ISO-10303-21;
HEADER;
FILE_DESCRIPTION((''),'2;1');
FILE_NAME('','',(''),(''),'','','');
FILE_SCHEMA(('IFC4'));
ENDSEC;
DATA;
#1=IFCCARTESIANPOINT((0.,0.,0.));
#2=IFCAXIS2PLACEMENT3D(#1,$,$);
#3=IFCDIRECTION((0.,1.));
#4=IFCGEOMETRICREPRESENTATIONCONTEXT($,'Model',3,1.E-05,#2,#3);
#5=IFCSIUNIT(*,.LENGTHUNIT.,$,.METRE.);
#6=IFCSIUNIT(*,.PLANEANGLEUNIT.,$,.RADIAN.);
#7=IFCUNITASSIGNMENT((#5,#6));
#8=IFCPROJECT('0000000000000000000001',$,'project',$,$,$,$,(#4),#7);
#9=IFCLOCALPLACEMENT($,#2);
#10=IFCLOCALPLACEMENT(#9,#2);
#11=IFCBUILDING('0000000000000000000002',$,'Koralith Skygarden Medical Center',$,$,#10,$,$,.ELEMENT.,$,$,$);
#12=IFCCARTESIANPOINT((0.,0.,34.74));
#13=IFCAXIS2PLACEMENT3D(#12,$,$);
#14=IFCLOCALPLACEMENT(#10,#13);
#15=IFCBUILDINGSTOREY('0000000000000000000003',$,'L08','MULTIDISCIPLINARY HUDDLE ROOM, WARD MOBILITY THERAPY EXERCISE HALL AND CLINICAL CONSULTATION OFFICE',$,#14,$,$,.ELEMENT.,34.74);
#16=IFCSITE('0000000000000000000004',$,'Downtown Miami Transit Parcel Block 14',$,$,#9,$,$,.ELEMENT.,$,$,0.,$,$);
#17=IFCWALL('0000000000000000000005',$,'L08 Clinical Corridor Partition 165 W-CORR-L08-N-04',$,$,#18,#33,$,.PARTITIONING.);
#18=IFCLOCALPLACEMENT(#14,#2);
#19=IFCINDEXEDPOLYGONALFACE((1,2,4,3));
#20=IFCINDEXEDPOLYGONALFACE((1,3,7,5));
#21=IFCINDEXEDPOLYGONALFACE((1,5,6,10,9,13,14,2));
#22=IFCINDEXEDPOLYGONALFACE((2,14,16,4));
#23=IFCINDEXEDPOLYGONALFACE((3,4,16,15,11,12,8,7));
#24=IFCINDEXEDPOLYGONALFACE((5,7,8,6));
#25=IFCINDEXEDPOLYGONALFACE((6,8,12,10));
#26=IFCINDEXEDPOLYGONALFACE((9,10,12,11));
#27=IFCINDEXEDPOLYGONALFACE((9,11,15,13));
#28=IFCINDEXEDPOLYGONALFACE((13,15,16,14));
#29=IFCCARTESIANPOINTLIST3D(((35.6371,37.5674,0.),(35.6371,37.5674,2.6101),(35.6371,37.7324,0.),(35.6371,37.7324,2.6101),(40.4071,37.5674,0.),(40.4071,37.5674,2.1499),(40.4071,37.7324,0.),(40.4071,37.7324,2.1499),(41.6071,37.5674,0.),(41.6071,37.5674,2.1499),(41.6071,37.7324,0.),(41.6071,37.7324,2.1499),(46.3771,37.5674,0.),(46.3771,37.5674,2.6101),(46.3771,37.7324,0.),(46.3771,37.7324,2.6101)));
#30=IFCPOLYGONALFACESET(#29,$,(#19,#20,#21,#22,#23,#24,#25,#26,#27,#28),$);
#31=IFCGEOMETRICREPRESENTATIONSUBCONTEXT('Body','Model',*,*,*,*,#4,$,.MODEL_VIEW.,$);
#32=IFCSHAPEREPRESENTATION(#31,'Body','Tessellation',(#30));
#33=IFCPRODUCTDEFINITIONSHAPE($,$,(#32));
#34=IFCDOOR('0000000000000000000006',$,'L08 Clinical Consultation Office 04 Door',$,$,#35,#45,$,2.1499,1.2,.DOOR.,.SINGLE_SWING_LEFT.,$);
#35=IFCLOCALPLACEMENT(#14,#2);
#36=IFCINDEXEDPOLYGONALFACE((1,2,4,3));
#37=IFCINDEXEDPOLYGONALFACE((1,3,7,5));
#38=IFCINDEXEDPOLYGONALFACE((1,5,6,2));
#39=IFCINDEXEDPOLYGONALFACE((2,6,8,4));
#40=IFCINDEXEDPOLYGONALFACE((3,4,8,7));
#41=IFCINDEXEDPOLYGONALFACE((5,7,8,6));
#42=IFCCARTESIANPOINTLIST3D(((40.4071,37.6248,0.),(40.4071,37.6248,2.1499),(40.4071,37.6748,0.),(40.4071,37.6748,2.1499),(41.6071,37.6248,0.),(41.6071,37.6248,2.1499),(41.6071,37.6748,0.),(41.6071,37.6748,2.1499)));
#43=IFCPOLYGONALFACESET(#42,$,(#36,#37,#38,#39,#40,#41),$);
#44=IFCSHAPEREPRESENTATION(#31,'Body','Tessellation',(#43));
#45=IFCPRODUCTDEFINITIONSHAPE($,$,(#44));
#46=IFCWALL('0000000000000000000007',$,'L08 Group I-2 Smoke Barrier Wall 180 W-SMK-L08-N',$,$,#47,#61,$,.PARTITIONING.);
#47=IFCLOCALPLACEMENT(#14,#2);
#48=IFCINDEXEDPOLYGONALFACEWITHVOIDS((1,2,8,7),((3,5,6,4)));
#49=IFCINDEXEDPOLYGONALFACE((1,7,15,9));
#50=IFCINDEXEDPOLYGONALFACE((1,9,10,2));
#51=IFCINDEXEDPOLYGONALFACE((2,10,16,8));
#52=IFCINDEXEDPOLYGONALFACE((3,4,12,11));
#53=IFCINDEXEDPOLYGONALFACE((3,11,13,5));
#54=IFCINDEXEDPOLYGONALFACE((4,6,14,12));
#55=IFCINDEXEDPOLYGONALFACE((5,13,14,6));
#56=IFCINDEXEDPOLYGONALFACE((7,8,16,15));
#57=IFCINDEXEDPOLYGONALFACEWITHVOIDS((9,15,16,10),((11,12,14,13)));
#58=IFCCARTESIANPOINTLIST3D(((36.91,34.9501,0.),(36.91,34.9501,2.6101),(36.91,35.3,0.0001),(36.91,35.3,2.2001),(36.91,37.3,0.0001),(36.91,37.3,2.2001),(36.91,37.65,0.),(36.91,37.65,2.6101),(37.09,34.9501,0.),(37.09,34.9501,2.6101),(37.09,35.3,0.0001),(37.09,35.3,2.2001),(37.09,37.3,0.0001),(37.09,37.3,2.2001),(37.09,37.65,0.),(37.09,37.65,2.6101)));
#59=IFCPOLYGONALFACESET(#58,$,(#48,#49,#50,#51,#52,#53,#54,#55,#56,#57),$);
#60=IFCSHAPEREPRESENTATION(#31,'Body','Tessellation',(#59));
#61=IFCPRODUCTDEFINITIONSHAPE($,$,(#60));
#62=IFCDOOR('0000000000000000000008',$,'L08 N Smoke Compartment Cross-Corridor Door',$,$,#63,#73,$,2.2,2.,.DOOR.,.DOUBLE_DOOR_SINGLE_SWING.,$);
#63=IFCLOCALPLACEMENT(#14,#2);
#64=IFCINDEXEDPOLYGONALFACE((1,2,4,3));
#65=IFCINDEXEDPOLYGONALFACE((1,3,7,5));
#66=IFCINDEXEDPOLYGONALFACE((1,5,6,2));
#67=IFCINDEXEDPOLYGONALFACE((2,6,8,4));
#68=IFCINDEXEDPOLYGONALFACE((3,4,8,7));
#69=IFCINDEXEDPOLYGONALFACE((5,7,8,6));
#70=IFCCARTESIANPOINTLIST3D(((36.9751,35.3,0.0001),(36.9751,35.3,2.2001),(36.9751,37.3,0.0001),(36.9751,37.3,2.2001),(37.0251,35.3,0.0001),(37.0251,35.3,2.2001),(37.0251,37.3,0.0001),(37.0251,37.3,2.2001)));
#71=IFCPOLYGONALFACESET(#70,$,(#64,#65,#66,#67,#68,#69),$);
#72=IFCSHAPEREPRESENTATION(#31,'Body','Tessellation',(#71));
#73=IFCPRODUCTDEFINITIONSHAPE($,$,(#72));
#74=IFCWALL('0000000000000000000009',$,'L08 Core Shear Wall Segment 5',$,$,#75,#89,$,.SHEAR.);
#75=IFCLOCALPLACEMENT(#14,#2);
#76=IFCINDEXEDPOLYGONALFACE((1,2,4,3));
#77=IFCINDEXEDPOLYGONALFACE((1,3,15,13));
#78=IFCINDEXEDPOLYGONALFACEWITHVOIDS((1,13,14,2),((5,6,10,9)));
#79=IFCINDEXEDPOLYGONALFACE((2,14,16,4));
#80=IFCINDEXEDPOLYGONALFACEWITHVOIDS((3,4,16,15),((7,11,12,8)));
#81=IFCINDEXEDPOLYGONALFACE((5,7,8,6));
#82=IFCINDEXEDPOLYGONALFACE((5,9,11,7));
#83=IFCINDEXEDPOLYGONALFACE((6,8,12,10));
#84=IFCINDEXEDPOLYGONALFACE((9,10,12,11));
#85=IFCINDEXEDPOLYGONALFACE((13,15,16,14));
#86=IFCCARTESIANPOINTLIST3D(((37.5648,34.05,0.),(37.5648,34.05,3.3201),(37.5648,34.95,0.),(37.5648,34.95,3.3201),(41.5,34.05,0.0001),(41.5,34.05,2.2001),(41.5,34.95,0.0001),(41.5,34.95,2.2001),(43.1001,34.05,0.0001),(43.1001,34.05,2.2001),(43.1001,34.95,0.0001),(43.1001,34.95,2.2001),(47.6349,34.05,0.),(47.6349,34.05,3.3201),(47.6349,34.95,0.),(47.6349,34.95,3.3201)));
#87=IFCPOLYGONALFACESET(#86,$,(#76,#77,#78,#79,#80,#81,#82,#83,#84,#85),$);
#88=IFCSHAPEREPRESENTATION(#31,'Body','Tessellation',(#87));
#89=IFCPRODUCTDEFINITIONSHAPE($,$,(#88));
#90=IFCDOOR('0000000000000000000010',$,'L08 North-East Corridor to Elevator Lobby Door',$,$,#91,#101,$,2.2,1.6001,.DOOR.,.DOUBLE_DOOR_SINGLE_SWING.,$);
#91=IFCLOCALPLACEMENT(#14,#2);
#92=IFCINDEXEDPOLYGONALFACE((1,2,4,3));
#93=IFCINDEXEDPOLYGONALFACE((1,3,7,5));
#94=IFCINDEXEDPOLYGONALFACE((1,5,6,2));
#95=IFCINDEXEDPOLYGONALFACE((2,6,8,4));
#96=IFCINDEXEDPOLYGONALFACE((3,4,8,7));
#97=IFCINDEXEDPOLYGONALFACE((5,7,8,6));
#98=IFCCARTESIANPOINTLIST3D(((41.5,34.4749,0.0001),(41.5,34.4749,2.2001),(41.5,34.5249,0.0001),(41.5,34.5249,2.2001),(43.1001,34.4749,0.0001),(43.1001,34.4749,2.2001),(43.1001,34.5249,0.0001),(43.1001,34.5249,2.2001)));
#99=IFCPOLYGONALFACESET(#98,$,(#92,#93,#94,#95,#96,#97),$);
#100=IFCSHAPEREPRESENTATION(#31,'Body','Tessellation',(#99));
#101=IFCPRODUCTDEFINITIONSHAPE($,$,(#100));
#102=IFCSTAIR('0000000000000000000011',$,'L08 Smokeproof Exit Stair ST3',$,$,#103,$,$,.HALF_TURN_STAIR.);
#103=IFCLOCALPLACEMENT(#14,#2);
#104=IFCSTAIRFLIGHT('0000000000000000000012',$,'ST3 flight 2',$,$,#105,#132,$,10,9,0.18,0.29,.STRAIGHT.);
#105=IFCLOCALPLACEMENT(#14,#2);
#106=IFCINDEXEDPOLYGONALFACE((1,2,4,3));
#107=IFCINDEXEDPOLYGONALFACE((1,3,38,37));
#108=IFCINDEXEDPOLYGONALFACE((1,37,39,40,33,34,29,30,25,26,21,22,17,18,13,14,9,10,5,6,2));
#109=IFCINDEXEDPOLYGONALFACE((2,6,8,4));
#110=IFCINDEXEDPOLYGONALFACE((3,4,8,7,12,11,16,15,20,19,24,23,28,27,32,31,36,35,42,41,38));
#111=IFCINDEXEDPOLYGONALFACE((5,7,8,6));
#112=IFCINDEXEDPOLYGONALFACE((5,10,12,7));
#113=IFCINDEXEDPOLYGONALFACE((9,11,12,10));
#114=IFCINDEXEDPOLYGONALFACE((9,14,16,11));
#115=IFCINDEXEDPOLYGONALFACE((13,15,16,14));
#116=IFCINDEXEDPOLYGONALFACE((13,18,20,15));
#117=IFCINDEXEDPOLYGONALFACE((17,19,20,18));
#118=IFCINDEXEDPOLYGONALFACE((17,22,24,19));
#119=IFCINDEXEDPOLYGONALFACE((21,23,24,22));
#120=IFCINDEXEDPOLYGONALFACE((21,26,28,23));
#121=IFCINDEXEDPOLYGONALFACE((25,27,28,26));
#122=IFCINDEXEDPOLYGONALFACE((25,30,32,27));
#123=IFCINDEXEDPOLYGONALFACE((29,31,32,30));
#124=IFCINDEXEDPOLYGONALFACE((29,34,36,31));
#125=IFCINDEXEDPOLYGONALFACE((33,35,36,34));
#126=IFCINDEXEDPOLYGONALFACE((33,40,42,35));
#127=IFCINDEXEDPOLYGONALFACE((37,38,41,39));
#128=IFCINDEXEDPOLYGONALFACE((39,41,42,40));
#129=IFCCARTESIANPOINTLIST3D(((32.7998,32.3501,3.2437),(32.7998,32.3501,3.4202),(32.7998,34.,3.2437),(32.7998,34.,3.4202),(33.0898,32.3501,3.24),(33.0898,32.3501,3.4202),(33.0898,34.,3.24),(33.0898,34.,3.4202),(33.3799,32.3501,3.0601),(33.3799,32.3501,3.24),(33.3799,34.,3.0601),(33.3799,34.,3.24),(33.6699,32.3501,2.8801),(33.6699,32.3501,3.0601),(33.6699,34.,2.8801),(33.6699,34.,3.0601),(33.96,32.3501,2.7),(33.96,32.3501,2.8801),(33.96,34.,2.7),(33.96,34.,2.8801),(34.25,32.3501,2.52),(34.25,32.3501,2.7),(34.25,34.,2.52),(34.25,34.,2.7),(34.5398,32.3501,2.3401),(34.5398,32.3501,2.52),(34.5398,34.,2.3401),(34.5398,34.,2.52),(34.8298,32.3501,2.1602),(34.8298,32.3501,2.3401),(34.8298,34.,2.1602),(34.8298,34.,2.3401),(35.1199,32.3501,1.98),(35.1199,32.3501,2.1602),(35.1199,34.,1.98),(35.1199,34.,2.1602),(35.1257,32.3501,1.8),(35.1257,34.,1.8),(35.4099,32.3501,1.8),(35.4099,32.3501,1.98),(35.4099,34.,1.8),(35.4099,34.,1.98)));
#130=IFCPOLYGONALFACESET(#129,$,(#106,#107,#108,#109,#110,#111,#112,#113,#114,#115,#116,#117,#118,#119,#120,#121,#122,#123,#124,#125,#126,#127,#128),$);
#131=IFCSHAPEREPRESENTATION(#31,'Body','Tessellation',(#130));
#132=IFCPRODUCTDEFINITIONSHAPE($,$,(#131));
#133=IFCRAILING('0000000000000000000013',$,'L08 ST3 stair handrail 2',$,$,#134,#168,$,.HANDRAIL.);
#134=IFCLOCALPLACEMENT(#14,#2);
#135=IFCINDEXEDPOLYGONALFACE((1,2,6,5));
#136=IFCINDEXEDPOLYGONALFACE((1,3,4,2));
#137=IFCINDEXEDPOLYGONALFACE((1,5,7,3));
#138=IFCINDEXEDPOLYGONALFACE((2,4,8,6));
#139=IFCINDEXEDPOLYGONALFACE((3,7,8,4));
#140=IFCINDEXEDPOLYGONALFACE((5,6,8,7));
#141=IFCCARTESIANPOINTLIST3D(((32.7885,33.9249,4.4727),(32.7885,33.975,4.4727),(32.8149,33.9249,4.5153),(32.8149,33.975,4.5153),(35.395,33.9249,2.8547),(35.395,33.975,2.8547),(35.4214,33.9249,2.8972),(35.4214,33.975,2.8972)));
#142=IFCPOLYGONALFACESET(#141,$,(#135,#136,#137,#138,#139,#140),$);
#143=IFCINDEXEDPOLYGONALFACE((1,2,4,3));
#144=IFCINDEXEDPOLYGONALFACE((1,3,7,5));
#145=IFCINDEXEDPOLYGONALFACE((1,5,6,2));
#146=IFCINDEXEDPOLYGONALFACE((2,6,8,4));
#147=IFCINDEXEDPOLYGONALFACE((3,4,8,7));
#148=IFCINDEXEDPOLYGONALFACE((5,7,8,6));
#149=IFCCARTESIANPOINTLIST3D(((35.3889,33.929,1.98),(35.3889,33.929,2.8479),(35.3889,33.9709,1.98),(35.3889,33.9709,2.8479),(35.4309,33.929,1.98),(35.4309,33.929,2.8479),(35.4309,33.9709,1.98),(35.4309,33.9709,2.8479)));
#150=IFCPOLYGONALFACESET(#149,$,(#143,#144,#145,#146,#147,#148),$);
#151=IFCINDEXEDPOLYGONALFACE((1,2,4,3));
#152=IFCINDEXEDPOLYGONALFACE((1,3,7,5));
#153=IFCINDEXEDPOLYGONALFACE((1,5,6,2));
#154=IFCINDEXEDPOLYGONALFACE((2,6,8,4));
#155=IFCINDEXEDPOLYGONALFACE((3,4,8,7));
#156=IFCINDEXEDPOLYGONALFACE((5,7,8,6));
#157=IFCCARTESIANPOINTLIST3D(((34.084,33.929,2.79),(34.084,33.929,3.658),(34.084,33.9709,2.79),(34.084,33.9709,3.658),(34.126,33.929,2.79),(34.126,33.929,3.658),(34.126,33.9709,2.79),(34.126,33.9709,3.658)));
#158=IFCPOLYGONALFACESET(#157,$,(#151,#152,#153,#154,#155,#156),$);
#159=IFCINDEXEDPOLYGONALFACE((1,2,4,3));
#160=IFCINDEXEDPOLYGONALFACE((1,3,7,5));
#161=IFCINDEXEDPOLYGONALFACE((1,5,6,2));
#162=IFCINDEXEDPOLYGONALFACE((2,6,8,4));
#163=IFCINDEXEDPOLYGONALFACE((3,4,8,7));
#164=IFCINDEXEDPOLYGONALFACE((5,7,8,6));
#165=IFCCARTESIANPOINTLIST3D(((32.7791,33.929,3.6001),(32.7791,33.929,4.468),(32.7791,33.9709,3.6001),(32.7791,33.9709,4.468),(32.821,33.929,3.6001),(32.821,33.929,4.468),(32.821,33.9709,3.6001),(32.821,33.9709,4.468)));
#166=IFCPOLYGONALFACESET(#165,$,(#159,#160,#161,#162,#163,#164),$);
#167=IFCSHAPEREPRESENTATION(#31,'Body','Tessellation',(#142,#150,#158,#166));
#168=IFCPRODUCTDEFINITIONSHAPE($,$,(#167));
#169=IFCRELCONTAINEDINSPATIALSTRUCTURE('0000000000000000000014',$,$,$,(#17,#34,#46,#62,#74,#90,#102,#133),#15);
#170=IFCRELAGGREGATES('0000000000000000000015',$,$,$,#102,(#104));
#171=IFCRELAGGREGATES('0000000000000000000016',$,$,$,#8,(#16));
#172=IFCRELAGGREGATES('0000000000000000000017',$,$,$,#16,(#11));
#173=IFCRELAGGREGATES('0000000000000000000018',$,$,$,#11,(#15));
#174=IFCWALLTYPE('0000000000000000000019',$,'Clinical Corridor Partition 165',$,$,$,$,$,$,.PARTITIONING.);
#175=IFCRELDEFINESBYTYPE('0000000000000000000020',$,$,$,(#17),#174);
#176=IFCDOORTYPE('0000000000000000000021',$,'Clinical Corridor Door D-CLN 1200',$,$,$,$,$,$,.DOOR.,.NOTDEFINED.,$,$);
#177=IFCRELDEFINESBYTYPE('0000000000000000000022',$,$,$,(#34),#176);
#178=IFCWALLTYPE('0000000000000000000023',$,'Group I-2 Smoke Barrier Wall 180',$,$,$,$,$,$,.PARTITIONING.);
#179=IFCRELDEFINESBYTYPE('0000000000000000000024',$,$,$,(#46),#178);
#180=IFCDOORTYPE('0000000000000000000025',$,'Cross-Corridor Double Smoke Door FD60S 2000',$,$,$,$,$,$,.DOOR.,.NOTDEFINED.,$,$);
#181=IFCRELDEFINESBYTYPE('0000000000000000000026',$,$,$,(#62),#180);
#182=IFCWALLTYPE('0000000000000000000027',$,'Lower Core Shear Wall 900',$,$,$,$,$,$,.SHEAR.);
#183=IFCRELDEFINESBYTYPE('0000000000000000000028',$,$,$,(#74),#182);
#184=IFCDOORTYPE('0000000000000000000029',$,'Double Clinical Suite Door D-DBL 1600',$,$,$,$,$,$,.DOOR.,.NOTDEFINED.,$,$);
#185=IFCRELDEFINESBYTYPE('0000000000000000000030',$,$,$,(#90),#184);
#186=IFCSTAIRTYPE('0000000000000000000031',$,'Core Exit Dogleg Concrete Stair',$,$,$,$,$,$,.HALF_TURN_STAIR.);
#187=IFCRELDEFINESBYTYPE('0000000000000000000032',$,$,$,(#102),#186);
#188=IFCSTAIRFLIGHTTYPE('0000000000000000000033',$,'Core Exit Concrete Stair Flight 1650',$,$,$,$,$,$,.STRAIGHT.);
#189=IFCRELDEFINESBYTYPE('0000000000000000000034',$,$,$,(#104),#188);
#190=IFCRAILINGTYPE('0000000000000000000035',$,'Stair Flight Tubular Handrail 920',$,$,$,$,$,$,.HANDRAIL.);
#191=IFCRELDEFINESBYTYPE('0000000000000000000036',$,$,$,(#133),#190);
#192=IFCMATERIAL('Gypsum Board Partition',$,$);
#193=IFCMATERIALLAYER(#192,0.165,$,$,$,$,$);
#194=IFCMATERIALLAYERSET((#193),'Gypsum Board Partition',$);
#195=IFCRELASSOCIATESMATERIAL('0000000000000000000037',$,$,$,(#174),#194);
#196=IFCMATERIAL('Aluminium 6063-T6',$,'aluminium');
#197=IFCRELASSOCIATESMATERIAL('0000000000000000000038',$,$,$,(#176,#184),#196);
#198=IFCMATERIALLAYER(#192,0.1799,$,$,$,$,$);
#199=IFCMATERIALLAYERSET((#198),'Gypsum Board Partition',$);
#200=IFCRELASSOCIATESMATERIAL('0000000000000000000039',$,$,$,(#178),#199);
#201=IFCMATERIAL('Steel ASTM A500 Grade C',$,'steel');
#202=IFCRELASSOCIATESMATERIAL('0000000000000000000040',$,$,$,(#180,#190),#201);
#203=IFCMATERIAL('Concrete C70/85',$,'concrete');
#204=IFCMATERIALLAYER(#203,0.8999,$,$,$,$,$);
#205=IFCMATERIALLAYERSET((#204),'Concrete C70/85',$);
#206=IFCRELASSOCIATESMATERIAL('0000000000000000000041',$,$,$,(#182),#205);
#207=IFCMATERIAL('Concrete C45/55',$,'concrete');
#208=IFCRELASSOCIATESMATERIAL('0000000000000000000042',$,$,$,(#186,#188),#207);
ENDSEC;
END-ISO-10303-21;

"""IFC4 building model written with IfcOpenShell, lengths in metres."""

from ifc_helpers import new_model, si_unit, direction, frame, frame_2d, origin, origin_2d, place, context, subcontext, project, spatial, polyline, rectangle, outline, extrude, material, layer, layer_set, type_object, element, fill, aggregate, save


model = new_model("IFC4")

# Units and contexts
model_context = context("Model", 3, precision=1e-05, world=origin(), true_north=direction((0.0, 1.0)))
body_context = subcontext(model_context, "Body", "Model", "MODEL_VIEW")
ifc_project = project(units=[si_unit("LENGTHUNIT", "METRE"), si_unit("PLANEANGLEUNIT", "RADIAN")], contexts=[model_context])

# Site, building, storey
site_placement = place(None, origin())
site = spatial("IfcSite", under=ifc_project, at=site_placement, Name="Downtown Miami Transit Parcel Block 14", CompositionType="ELEMENT", RefElevation=0.0)
building_placement = place(site_placement, origin())
building = spatial("IfcBuilding", under=site, at=building_placement, Name="Koralith Skygarden Medical Center", CompositionType="ELEMENT")
storey_placement = place(building_placement, frame((0.0, 0.0, 34.74)))
storey = spatial("IfcBuildingStorey", under=building, at=storey_placement, Name="L08", Description="MULTIDISCIPLINARY HUDDLE ROOM, WARD MOBILITY THERAPY EXERCISE HALL AND CLINICAL CONSULTATION OFFICE", CompositionType="ELEMENT", Elevation=34.74)

# Shared definitions
ifc_material_1 = material(Name="Concrete C70/85", Category="concrete")

# Shared definitions
ifc_material_2 = material(Name="Aluminium 6063-T6", Category="aluminium")

# Shared definitions
ifc_material_3 = material(Name="Concrete C45/55", Category="concrete")

# Shared definitions
ifc_material_4 = material(Name="Gypsum Board Partition")

# Walls, openings, doors
ifc_layer_1 = layer(ifc_material_4, 0.165)
ifc_layer_set_1 = layer_set([ifc_layer_1], Name="Gypsum Board Partition")
wall_type_1 = type_object("IfcWallType", Name="Clinical Corridor Partition 165", PredefinedType="PARTITIONING", material=ifc_layer_set_1)
wall_1_placement = place(storey_placement, frame((35.637, 37.6499, 0.0), z_axis=(0.0, 0.0, 1.0), x_axis=(1.0, 0.0, 0.0)))
wall_1 = element("IfcWall", 1, at=wall_1_placement, inside=storey, type_object=wall_type_1, Name="L08 Clinical Corridor Partition 165 W-CORR-L08-N-04", PredefinedType="PARTITIONING", context=body_context, shape_type="SweptSolid", body=[
    extrude(rectangle(XDim=10.74, YDim=0.165, at=frame_2d((5.3701, 0.0))), origin(), (0.0, 0.0, 1.0), 2.6101),
])
opening_1_placement = place(wall_1_placement, frame((4.77, 0.0, 0.0)))
opening_1 = element("IfcOpeningElement", 2, at=opening_1_placement, cuts=wall_1, PredefinedType="OPENING", context=body_context, shape_type="SweptSolid", body=[
    extrude(rectangle(XDim=1.2, YDim=2.1499, at=frame_2d((0.6001, 1.075))), frame((0.0, 0.0925, 0.0), z_axis=(0.0, -1.0, 0.0), x_axis=(1.0, 0.0, 0.0)), (0.0, 0.0, 1.0), 0.1851),
])
door_type_1 = type_object("IfcDoorType", Name="Clinical Corridor Door D-CLN 1200", OperationType="NOTDEFINED", PredefinedType="DOOR", material=ifc_material_2)
door_1_placement = place(opening_1_placement, origin())
door_1 = element("IfcDoor", 3, at=door_1_placement, inside=storey, type_object=door_type_1, Name="L08 Clinical Consultation Office 04 Door", OperationType="SINGLE_SWING_LEFT", OverallHeight=2.1499, OverallWidth=1.2, PredefinedType="DOOR", context=body_context, shape_type="SweptSolid", body=[
    extrude(rectangle(XDim=1.2, YDim=2.1499, at=frame_2d((0.6001, 1.075))), frame((0.0, 0.0249, 0.0), z_axis=(0.0, -1.0, 0.0), x_axis=(1.0, 0.0, 0.0)), (0.0, 0.0, 1.0), 0.05),
])
fill(opening_1, door_1)
ifc_layer_2 = layer(ifc_material_4, 0.1799)
ifc_layer_set_2 = layer_set([ifc_layer_2], Name="Gypsum Board Partition")
wall_type_2 = type_object("IfcWallType", Name="Group I-2 Smoke Barrier Wall 180", PredefinedType="PARTITIONING", material=ifc_layer_set_2)
wall_2_placement = place(storey_placement, frame((37.0, 34.95, 0.0), z_axis=(0.0, 0.0, 1.0), x_axis=(0.0, 1.0, 0.0)))
wall_2 = element("IfcWall", 4, at=wall_2_placement, inside=storey, type_object=wall_type_2, Name="L08 Group I-2 Smoke Barrier Wall 180 W-SMK-L08-N", PredefinedType="PARTITIONING", context=body_context, shape_type="SweptSolid", body=[
    extrude(rectangle(XDim=2.7, YDim=0.1799, at=frame_2d((1.3501, 0.0))), origin(), (0.0, 0.0, 1.0), 2.6101),
])
opening_2_placement = place(wall_2_placement, frame((0.3501, 0.0, 0.0)))
opening_2 = element("IfcOpeningElement", 5, at=opening_2_placement, cuts=wall_2, PredefinedType="OPENING", context=body_context, shape_type="SweptSolid", body=[
    extrude(rectangle(XDim=2.0, YDim=2.2, at=frame_2d((1.0, 1.1001))), frame((0.0, 0.0999, 0.0), z_axis=(0.0, -1.0, 0.0), x_axis=(1.0, 0.0, 0.0)), (0.0, 0.0, 1.0), 0.2),
])
ifc_material_5 = material(Name="Steel ASTM A500 Grade C", Category="steel")
door_type_2 = type_object("IfcDoorType", Name="Cross-Corridor Double Smoke Door FD60S 2000", OperationType="NOTDEFINED", PredefinedType="DOOR", material=ifc_material_5)
door_2_placement = place(opening_2_placement, origin())
door_2 = element("IfcDoor", 6, at=door_2_placement, inside=storey, type_object=door_type_2, Name="L08 N Smoke Compartment Cross-Corridor Door", OperationType="DOUBLE_DOOR_SINGLE_SWING", OverallHeight=2.2, OverallWidth=2.0, PredefinedType="DOOR", context=body_context, shape_type="SweptSolid", body=[
    extrude(rectangle(XDim=2.0, YDim=2.2, at=frame_2d((1.0, 1.1001))), frame((0.0, 0.0249, 0.0), z_axis=(0.0, -1.0, 0.0), x_axis=(1.0, 0.0, 0.0)), (0.0, 0.0, 1.0), 0.05),
])
fill(opening_2, door_2)
ifc_layer_3 = layer(ifc_material_1, 0.8999)
ifc_layer_set_3 = layer_set([ifc_layer_3], Name="Concrete C70/85")
wall_type_3 = type_object("IfcWallType", Name="Lower Core Shear Wall 900", PredefinedType="SHEAR", material=ifc_layer_set_3)
wall_3_placement = place(storey_placement, frame((47.635, 34.5, 0.0), z_axis=(0.0, 0.0, 1.0), x_axis=(-1.0, 0.0, 0.0)))
wall_3 = element("IfcWall", 7, at=wall_3_placement, inside=storey, type_object=wall_type_3, Name="L08 Core Shear Wall Segment 5", PredefinedType="SHEAR", context=body_context, shape_type="SweptSolid", body=[
    extrude(rectangle(XDim=10.0701, YDim=0.8999, at=frame_2d((5.0352, 0.0))), origin(), (0.0, 0.0, 1.0), 3.3201),
])
opening_3_placement = place(wall_3_placement, frame((4.5349, 0.0, 0.0)))
opening_3 = element("IfcOpeningElement", 8, at=opening_3_placement, cuts=wall_3, PredefinedType="OPENING", context=body_context, shape_type="SweptSolid", body=[
    extrude(rectangle(XDim=1.6001, YDim=2.2, at=frame_2d((0.8, 1.1001))), frame((0.0, 0.46, 0.0), z_axis=(0.0, -1.0, 0.0), x_axis=(1.0, 0.0, 0.0)), (0.0, 0.0, 1.0), 0.9199),
])
door_type_3 = type_object("IfcDoorType", Name="Double Clinical Suite Door D-DBL 1600", OperationType="NOTDEFINED", PredefinedType="DOOR", material=ifc_material_2)
door_3_placement = place(opening_3_placement, frame((1.6001, 0.0, 0.0), z_axis=(0.0, 0.0, 1.0), x_axis=(-1.0, 0.0, 0.0)))
door_3 = element("IfcDoor", 9, at=door_3_placement, inside=storey, type_object=door_type_3, Name="L08 North-East Corridor to Elevator Lobby Door", OperationType="DOUBLE_DOOR_SINGLE_SWING", OverallHeight=2.2, OverallWidth=1.6001, PredefinedType="DOOR", context=body_context, shape_type="SweptSolid", body=[
    extrude(rectangle(XDim=1.6001, YDim=2.2, at=frame_2d((0.8, 1.1001))), frame((0.0, 0.0249, 0.0), z_axis=(0.0, -1.0, 0.0), x_axis=(1.0, 0.0, 0.0)), (0.0, 0.0, 1.0), 0.05),
])
fill(opening_3, door_3)

# Stair, stair flight
stair_type = type_object("IfcStairType", Name="Core Exit Dogleg Concrete Stair", PredefinedType="HALF_TURN_STAIR", material=ifc_material_3)
stair_placement = place(storey_placement, origin())
stair = element("IfcStair", 10, at=stair_placement, inside=storey, type_object=stair_type, Name="L08 Smokeproof Exit Stair ST3", PredefinedType="HALF_TURN_STAIR")
stair_flight_type = type_object("IfcStairFlightType", Name="Core Exit Concrete Stair Flight 1650", PredefinedType="STRAIGHT", material=ifc_material_3)
stair_flight_placement = place(storey_placement, frame((35.4099, 33.175, 1.8), z_axis=(0.0, 0.0, 1.0), x_axis=(-1.0, 0.0, 0.0)))
stair_flight = element("IfcStairFlight", 11, at=stair_flight_placement, type_object=stair_flight_type, Name="ST3 flight 2", NumberOfRisers=10, NumberOfTreads=9, PredefinedType="STRAIGHT", RiserHeight=0.18, TreadLength=0.29, context=body_context, shape_type="SweptSolid", body=[
    extrude(outline(polyline([(0.0, 0.0), (0.0, 0.1799), (0.29, 0.1799), (0.29, 0.3601), (0.5801, 0.3601), (0.5801, 0.54), (0.8701, 0.54), (0.8701, 0.72), (1.1599, 0.72), (1.1599, 0.8999), (1.45, 0.8999), (1.45, 1.0801), (1.74, 1.0801), (1.74, 1.26), (2.03, 1.26), (2.03, 1.4399), (2.3201, 1.4399), (2.3201, 1.6201), (2.6101, 1.6201), (2.6101, 1.8), (2.6101, 1.4436), (0.2842, 0.0), (0.0, 0.0)])), frame((0.0, 0.825, 0.0), z_axis=(0.0, -1.0, 0.0), x_axis=(1.0, 0.0, 0.0)), (0.0, 0.0, 1.0), 1.6499),
])
aggregate(stair, [stair_flight])

# Railing
railing_type_1 = type_object("IfcRailingType", Name="Stair Flight Tubular Handrail 920", PredefinedType="HANDRAIL", material=ifc_material_5)
railing_1_placement = place(storey_placement, frame((35.4099, 33.95, 1.98)))
element("IfcRailing", 12, at=railing_1_placement, inside=storey, type_object=railing_type_1, Name="L08 ST3 stair handrail 2", PredefinedType="HANDRAIL", context=body_context, shape_type="SweptSolid", body=[
    extrude(rectangle(XDim=0.05, YDim=0.05, at=origin_2d()), frame((-0.0017, 0.0, 0.896), z_axis=(-0.849611, 0.0, 0.52741), x_axis=(0.0, -1.0, 0.0)), (0.0, 0.0, 1.0), 3.0679),
    extrude(rectangle(XDim=0.042, YDim=0.042, at=origin_2d()), origin(), (0.0, 0.0, 1.0), 0.8679),
    extrude(rectangle(XDim=0.042, YDim=0.042, at=origin_2d()), frame((-1.3049, 0.0, 0.8101)), (0.0, 0.0, 1.0), 0.8679),
    extrude(rectangle(XDim=0.042, YDim=0.042, at=origin_2d()), frame((-2.6099, 0.0, 1.6201)), (0.0, 0.0, 1.0), 0.8679),
])

save(model, "model.ifc")
